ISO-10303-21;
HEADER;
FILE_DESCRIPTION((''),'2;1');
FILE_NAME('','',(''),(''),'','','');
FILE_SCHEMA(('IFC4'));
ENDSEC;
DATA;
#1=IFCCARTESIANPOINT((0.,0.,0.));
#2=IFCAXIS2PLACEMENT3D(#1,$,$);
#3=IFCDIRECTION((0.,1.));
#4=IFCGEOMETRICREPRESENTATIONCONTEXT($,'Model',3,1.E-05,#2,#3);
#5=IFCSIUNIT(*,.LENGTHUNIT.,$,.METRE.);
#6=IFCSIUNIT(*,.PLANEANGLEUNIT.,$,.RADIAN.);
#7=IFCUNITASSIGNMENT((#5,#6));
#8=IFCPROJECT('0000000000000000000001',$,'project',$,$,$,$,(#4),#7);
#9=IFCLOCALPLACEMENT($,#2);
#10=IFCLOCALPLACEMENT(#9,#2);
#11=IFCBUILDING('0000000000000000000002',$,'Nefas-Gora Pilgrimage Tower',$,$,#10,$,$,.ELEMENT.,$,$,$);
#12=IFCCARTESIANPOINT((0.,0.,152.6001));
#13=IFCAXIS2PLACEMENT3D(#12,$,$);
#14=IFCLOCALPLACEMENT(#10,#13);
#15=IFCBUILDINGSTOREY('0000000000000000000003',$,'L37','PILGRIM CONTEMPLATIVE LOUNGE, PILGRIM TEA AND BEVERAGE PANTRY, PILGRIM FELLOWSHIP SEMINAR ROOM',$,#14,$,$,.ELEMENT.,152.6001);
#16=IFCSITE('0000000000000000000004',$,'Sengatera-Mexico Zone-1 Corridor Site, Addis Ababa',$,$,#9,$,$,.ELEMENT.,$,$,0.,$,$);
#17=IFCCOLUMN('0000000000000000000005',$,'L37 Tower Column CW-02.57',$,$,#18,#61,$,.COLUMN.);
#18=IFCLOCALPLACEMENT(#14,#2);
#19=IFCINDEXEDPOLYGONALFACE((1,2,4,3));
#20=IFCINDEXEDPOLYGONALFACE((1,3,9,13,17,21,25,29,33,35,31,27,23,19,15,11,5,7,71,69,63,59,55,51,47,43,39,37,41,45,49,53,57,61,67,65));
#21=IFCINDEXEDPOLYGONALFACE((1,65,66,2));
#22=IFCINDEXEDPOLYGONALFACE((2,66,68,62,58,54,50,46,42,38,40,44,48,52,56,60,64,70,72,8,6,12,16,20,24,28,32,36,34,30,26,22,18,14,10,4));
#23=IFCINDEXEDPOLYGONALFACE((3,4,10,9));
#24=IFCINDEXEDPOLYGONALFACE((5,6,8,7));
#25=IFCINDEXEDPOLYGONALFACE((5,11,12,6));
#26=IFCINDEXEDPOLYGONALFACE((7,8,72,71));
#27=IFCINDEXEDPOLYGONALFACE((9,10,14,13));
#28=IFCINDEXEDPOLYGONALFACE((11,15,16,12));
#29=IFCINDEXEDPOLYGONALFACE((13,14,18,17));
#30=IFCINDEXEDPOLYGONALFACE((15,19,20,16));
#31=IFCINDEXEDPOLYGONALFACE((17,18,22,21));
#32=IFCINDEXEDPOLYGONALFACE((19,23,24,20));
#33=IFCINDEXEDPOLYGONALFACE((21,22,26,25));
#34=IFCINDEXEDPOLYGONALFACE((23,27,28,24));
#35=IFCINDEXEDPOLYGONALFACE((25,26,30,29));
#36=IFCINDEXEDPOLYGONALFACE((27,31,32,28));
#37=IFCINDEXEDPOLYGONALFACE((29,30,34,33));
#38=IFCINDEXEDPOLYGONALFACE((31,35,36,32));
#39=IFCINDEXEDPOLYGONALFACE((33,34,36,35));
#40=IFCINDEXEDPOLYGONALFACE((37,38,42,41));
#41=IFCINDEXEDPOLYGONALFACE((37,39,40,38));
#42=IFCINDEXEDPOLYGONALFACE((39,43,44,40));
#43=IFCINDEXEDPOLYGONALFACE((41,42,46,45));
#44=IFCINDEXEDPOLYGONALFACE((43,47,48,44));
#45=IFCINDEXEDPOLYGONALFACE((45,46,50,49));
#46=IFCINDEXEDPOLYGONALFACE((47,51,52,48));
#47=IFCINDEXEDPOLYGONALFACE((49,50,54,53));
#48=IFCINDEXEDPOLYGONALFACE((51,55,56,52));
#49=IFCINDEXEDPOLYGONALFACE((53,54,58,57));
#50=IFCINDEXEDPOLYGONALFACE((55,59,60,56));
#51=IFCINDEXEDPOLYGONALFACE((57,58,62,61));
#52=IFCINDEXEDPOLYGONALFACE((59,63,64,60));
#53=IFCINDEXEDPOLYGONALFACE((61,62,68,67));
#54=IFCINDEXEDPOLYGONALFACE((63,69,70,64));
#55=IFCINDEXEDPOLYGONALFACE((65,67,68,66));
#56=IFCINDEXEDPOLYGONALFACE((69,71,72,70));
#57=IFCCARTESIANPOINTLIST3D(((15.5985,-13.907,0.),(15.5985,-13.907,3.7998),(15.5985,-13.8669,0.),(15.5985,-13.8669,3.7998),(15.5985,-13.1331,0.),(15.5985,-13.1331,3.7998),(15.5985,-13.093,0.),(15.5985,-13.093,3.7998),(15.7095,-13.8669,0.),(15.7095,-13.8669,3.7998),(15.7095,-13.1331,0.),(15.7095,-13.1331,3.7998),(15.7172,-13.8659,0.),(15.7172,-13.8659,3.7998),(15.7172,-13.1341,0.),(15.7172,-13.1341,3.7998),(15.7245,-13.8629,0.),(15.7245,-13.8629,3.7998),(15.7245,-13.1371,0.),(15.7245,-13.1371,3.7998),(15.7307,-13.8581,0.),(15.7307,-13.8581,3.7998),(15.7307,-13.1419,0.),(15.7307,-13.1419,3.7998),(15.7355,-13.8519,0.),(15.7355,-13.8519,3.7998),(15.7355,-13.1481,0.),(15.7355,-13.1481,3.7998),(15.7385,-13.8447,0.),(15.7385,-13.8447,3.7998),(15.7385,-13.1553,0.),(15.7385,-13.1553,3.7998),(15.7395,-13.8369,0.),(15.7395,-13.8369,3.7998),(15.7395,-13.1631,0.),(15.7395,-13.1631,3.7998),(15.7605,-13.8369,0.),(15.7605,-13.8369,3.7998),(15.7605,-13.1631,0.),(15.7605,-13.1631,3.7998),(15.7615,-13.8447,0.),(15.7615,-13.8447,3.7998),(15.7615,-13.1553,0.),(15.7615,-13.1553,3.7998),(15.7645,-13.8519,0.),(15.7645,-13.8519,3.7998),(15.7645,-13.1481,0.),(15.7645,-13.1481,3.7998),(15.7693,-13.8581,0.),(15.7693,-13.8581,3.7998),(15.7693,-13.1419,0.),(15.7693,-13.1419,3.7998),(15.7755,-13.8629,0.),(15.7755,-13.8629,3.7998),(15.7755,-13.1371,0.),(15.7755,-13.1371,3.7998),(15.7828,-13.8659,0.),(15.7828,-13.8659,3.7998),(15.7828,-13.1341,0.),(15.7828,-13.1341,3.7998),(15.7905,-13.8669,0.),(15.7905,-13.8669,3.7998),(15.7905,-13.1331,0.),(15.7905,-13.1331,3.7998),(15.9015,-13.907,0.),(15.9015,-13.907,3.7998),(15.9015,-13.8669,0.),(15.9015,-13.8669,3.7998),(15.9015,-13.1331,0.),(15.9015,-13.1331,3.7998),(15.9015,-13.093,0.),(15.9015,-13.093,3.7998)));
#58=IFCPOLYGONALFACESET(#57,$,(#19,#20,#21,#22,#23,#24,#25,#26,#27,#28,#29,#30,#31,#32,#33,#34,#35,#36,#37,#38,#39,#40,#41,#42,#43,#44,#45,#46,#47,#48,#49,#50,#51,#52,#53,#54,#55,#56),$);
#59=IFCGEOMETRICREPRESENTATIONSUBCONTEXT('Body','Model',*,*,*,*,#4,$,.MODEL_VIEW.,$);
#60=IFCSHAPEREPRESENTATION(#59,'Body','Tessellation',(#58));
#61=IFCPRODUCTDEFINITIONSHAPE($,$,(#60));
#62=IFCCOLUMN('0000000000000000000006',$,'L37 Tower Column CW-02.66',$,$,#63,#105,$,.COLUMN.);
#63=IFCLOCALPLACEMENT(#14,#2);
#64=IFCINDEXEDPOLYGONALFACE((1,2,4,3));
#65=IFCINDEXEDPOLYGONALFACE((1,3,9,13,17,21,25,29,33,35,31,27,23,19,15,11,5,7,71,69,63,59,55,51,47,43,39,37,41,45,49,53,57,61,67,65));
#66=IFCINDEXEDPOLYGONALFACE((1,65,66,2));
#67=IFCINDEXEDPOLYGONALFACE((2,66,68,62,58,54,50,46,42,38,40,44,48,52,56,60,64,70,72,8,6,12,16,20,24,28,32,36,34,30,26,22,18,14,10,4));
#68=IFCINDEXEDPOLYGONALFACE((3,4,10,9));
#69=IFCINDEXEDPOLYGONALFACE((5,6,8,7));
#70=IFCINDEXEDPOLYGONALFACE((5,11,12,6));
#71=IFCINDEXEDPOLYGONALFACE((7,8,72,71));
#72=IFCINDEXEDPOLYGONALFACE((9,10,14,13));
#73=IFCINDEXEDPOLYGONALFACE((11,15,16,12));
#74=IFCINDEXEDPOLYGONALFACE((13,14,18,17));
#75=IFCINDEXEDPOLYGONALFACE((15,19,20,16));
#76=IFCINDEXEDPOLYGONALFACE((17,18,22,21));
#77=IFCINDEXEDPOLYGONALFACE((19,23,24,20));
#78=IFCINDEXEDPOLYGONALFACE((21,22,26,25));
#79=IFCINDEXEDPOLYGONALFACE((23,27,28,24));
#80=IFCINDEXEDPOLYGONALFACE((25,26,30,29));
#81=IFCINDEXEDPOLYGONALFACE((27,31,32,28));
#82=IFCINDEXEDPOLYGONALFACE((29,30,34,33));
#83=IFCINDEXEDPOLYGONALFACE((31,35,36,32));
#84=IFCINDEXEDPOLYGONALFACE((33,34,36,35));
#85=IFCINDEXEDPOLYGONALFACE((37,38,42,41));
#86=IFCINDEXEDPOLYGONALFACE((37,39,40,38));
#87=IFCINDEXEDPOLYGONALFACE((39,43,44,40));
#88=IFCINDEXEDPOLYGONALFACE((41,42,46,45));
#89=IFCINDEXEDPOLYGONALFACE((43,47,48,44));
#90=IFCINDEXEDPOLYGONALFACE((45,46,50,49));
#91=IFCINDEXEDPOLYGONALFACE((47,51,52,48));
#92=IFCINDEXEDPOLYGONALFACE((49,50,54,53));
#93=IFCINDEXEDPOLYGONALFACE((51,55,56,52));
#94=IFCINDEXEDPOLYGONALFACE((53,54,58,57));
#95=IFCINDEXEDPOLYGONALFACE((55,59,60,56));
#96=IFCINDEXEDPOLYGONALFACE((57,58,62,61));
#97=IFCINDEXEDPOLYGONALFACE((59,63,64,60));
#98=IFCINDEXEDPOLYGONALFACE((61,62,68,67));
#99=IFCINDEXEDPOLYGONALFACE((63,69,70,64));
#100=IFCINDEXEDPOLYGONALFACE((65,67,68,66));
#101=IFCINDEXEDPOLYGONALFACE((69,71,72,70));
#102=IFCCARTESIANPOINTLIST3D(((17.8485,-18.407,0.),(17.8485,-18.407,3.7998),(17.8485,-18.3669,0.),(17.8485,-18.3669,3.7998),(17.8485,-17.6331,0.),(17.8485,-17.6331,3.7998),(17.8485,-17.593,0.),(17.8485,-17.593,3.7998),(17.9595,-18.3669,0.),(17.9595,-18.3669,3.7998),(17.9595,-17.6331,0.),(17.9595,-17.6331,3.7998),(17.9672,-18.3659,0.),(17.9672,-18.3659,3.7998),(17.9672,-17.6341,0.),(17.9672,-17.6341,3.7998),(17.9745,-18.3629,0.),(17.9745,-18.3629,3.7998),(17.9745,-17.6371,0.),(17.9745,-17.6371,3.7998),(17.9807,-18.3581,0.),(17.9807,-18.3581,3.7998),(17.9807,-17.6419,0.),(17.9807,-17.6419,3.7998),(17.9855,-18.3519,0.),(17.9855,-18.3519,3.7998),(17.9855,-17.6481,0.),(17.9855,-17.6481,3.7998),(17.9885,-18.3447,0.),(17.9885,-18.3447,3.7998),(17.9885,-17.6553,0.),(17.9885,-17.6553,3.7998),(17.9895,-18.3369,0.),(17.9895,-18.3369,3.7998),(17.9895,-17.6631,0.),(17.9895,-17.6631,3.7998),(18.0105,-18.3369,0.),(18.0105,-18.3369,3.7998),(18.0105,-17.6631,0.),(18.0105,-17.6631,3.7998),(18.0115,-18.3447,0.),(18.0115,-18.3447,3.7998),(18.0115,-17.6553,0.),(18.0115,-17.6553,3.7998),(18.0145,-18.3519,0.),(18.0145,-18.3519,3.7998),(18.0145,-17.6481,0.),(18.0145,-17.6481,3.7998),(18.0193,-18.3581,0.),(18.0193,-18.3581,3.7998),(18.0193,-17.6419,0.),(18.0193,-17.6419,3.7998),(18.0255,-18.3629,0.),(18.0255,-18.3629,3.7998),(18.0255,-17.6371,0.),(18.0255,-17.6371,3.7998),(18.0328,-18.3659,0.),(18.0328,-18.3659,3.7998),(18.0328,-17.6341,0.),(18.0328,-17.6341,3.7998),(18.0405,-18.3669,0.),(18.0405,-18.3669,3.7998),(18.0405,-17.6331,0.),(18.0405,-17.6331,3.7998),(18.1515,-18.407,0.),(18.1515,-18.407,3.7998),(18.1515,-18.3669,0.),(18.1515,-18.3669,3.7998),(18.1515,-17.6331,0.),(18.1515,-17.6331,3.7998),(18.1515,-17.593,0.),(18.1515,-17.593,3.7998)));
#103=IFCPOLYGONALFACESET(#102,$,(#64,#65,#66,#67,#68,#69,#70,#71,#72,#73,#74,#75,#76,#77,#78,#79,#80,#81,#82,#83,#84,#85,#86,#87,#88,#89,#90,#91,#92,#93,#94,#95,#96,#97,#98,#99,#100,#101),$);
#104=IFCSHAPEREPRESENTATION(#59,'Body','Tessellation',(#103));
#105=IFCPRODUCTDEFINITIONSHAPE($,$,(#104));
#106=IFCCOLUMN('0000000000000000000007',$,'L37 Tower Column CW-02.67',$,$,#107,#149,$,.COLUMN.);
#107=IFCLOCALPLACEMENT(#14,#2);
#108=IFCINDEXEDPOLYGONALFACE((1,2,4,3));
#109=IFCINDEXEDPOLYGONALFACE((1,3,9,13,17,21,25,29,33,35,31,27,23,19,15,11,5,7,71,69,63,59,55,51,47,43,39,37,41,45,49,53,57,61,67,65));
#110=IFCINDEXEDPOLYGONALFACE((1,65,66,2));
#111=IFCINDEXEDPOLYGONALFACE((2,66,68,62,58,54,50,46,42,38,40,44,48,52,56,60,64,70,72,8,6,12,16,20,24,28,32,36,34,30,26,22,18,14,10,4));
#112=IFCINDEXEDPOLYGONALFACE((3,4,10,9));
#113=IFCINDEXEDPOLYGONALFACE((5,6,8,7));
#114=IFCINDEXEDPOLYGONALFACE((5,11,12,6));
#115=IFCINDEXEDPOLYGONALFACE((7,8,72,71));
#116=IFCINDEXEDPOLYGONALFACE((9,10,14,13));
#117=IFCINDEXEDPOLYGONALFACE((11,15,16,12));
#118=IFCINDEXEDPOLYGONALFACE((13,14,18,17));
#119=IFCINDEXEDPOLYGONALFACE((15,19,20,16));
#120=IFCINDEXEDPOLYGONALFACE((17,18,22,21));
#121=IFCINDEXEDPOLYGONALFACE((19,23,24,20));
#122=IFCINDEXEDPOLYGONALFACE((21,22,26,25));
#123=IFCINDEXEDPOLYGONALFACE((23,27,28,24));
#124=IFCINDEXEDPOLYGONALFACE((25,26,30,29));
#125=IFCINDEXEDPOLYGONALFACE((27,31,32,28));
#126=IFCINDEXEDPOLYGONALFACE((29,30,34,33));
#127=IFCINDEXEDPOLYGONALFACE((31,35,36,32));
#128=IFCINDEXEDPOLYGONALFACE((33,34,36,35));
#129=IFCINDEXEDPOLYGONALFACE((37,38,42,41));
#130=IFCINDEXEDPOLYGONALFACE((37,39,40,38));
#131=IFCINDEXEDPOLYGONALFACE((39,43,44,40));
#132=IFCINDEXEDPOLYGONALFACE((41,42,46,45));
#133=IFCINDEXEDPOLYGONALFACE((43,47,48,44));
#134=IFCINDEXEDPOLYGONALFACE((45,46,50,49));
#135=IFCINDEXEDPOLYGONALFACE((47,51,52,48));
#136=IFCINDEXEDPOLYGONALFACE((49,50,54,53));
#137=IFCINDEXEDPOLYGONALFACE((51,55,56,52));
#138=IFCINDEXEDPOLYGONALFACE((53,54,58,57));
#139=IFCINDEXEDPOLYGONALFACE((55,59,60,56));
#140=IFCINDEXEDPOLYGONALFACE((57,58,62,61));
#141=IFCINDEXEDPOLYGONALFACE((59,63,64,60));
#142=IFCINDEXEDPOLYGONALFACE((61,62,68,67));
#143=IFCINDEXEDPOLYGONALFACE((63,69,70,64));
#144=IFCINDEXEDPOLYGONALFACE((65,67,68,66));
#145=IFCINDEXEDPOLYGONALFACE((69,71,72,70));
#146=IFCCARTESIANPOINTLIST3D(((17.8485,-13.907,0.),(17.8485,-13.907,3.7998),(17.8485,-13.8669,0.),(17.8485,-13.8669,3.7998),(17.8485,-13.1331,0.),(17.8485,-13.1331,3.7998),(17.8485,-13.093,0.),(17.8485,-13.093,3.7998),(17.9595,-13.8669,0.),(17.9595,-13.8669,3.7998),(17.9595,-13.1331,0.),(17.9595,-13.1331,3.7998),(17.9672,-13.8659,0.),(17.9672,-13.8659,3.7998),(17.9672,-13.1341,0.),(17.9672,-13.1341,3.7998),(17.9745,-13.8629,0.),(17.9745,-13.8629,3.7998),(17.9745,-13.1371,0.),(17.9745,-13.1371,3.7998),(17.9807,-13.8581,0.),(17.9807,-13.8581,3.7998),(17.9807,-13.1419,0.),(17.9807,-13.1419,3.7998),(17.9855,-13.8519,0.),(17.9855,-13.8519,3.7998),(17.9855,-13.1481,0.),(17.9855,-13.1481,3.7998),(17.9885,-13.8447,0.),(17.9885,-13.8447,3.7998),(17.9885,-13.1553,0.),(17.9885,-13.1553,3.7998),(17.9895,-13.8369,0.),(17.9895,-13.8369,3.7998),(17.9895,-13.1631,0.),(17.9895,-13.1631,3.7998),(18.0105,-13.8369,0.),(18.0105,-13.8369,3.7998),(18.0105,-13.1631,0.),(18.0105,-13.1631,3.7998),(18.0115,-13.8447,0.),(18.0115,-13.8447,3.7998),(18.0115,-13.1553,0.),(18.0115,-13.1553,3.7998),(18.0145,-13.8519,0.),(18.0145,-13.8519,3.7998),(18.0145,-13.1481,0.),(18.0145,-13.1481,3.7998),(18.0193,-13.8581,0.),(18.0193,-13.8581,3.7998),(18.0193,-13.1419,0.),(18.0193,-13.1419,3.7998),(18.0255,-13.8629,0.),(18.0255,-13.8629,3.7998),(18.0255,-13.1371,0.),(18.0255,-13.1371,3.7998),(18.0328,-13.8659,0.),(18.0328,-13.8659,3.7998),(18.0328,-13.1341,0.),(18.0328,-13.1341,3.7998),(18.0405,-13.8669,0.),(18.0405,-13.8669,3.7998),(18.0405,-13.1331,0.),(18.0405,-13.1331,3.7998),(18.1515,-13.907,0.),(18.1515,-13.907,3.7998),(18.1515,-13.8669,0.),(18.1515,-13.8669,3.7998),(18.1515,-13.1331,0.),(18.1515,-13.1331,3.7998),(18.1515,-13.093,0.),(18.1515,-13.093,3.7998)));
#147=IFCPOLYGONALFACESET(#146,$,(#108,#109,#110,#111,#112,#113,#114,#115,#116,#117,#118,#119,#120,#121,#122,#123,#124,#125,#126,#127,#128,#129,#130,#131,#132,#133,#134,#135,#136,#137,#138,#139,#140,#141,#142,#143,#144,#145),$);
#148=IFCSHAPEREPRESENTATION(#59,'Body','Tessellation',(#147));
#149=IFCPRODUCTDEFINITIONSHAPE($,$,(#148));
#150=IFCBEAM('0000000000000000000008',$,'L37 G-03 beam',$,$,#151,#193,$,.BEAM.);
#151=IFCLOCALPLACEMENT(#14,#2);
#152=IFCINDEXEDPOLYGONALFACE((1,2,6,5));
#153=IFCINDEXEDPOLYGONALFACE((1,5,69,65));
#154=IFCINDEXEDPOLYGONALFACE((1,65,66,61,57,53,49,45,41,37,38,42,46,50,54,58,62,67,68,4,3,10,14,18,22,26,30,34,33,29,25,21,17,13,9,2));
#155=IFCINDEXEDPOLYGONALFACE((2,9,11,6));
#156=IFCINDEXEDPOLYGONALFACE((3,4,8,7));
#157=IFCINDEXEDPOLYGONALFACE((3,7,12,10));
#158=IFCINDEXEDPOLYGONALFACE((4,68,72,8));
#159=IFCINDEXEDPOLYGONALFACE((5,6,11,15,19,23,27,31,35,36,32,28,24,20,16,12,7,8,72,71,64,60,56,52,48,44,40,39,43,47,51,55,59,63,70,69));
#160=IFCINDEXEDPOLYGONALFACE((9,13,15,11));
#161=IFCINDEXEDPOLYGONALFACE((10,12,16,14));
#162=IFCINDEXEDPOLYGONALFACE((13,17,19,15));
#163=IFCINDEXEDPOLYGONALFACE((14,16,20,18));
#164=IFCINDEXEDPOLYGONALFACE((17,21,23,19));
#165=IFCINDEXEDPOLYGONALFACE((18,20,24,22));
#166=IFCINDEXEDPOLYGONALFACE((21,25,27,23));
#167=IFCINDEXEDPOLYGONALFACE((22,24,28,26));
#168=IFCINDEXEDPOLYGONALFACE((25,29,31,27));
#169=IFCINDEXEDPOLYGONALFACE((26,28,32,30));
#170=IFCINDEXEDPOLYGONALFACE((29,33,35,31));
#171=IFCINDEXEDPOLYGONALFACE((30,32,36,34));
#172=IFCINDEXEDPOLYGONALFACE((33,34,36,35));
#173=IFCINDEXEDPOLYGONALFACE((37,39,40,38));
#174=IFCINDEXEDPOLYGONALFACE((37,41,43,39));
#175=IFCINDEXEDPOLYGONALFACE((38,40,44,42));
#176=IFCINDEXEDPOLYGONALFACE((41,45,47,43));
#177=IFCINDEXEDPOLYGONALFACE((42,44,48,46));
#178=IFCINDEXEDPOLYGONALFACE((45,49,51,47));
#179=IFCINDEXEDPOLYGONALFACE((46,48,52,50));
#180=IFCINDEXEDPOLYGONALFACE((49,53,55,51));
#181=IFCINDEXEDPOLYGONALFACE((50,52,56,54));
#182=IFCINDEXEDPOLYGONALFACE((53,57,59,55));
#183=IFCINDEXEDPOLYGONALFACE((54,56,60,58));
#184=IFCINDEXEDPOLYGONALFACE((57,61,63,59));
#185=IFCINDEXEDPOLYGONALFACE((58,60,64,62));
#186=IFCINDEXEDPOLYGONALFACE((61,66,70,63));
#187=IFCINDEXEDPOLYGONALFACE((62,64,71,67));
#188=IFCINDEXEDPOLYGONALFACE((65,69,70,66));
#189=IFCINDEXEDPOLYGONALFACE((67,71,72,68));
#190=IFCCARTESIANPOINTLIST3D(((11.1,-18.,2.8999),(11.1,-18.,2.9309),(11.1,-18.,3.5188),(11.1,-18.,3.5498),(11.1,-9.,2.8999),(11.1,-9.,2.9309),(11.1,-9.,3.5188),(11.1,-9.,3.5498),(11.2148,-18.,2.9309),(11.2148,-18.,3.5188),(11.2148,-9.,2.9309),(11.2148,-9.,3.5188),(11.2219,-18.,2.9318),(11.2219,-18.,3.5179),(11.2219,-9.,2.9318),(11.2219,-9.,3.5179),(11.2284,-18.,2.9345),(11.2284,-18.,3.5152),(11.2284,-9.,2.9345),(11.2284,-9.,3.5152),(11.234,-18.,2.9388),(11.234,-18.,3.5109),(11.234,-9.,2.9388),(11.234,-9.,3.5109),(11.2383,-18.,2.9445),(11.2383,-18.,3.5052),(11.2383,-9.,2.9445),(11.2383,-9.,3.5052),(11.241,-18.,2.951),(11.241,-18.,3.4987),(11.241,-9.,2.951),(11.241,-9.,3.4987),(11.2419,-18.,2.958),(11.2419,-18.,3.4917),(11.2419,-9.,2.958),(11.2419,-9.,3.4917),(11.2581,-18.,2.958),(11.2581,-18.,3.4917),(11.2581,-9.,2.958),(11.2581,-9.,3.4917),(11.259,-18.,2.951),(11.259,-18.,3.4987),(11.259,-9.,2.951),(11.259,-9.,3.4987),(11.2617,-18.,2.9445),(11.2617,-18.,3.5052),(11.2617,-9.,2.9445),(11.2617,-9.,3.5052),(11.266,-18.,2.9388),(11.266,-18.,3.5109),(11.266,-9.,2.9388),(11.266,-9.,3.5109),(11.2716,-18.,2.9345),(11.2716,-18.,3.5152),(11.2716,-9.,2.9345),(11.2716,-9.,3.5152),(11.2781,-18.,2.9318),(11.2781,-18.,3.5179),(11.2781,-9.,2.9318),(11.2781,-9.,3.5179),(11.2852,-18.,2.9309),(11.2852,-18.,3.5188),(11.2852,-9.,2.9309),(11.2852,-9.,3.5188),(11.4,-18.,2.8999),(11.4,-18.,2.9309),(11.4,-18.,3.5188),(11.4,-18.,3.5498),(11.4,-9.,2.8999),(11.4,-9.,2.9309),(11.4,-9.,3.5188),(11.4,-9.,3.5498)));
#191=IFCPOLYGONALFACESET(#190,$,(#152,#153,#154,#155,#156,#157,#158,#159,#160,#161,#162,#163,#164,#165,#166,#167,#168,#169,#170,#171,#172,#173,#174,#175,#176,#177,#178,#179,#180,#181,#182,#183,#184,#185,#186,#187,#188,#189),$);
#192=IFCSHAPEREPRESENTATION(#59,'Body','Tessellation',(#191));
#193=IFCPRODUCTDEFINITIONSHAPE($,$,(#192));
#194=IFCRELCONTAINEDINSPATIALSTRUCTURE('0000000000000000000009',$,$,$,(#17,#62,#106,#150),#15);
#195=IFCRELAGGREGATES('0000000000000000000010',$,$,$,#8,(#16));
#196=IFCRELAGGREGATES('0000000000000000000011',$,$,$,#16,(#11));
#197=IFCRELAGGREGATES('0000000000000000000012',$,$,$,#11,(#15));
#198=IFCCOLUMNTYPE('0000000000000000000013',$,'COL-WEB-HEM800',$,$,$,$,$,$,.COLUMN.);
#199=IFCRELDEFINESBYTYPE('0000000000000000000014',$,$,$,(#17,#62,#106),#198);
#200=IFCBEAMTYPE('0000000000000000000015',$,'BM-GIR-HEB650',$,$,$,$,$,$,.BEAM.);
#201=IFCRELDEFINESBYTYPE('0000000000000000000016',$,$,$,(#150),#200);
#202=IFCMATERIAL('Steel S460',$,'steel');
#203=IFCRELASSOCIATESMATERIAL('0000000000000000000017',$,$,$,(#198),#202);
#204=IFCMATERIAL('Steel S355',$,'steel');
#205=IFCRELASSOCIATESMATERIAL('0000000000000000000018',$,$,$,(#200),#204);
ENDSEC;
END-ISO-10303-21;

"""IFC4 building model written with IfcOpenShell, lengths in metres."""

from ifc_helpers import new_model, si_unit, direction, frame, origin, origin_2d, place, context, subcontext, project, spatial, i_section, extrude, source, transform, mapped, material, material_profile, profile_set, type_object, element, save


model = new_model("IFC4")

# Units and contexts
model_context = context("Model", 3, precision=1e-05, world=origin(), true_north=direction((0.0, 1.0)))
body_context = subcontext(model_context, "Body", "Model", "MODEL_VIEW")
ifc_project = project(units=[si_unit("LENGTHUNIT", "METRE"), si_unit("PLANEANGLEUNIT", "RADIAN")], contexts=[model_context])

# Site, building, storey
site_placement = place(None, origin())
site = spatial("IfcSite", under=ifc_project, at=site_placement, Name="Sengatera-Mexico Zone-1 Corridor Site, Addis Ababa", CompositionType="ELEMENT", RefElevation=0.0)
building_placement = place(site_placement, origin())
building = spatial("IfcBuilding", under=site, at=building_placement, Name="Nefas-Gora Pilgrimage Tower", CompositionType="ELEMENT")
storey_placement = place(building_placement, frame((0.0, 0.0, 152.6001)))
storey = spatial("IfcBuildingStorey", under=building, at=storey_placement, Name="L37", Description="PILGRIM CONTEMPLATIVE LOUNGE, PILGRIM TEA AND BEVERAGE PANTRY, PILGRIM FELLOWSHIP SEMINAR ROOM", CompositionType="ELEMENT", Elevation=152.6001)

# Columns
ifc_material_1 = material(Name="Steel S460", Category="steel")
ifc_material_profile_1 = material_profile(ifc_material_1, i_section(OverallWidth=0.303, OverallDepth=0.814, WebThickness=0.021, FlangeThickness=0.04, FilletRadius=0.03, at=origin_2d()), Name="HEM 800")
ifc_profile_set_1 = profile_set([ifc_material_profile_1], Name="Steel S460")
column_type_1 = type_object("IfcColumnType", Name="COL-WEB-HEM800", PredefinedType="COLUMN", material=ifc_profile_set_1)
shared_shape_1 = source(origin(), body_context, "Body", "SweptSolid", [
    extrude(i_section(OverallWidth=0.303, OverallDepth=0.814, WebThickness=0.021, FlangeThickness=0.04, FilletRadius=0.03, at=origin_2d()), origin(), (0.0, 0.0, 1.0), 3.7998),
])
for number, where, z_axis, x_axis, name in (
    (1, (15.75, -13.5, 0.0), (0.0, 0.0, 1.0), (1.0, 0.0, 0.0), "L37 Tower Column CW-02.57"),
    (2, (18.0, -18.0, 0.0), (0.0, 0.0, 1.0), (1.0, 0.0, 0.0), "L37 Tower Column CW-02.66"),
    (3, (18.0, -13.5, 0.0), (0.0, 0.0, 1.0), (1.0, 0.0, 0.0), "L37 Tower Column CW-02.67"),
):
    element("IfcColumn", number, at=place(storey_placement, frame(where, z_axis=z_axis, x_axis=x_axis)), inside=storey, type_object=column_type_1, Name=name, PredefinedType="COLUMN", context=body_context, shape_type="MappedRepresentation", body=[
        mapped(shared_shape_1, transform((0.0, 0.0, 0.0), x_axis=(1.0, 0.0, 0.0), y_axis=(0.0, 1.0, 0.0), z_axis=(0.0, 0.0, 1.0), scale=1.0)),
    ])

# Beam
ifc_material_2 = material(Name="Steel S355", Category="steel")
ifc_material_profile_2 = material_profile(ifc_material_2, i_section(OverallWidth=0.3, OverallDepth=0.6499, WebThickness=0.0161, FlangeThickness=0.031, FilletRadius=0.0271, at=origin_2d()), Name="HEB 650")
ifc_profile_set_2 = profile_set([ifc_material_profile_2], Name="Steel S355")
beam_type_1 = type_object("IfcBeamType", Name="BM-GIR-HEB650", PredefinedType="BEAM", material=ifc_profile_set_2)
shared_shape_2 = source(origin(), body_context, "Body", "SweptSolid", [
    extrude(i_section(OverallWidth=0.3, OverallDepth=0.6499, WebThickness=0.0161, FlangeThickness=0.031, FilletRadius=0.0271, at=origin_2d()), origin(), (0.0, 0.0, 1.0), 9.0),
])
for number, where, z_axis, x_axis, name in (
    (4, (11.25, -18.0, 3.2249), (0.0, 1.0, 0.0), (-1.0, 0.0, 0.0), "L37 G-03 beam"),
):
    element("IfcBeam", number, at=place(storey_placement, frame(where, z_axis=z_axis, x_axis=x_axis)), inside=storey, type_object=beam_type_1, Name=name, PredefinedType="BEAM", context=body_context, shape_type="MappedRepresentation", body=[
        mapped(shared_shape_2, transform((0.0, 0.0, 0.0), x_axis=(1.0, 0.0, 0.0), y_axis=(0.0, 1.0, 0.0), z_axis=(0.0, 0.0, 1.0), scale=1.0)),
    ])

save(model, "model.ifc")
